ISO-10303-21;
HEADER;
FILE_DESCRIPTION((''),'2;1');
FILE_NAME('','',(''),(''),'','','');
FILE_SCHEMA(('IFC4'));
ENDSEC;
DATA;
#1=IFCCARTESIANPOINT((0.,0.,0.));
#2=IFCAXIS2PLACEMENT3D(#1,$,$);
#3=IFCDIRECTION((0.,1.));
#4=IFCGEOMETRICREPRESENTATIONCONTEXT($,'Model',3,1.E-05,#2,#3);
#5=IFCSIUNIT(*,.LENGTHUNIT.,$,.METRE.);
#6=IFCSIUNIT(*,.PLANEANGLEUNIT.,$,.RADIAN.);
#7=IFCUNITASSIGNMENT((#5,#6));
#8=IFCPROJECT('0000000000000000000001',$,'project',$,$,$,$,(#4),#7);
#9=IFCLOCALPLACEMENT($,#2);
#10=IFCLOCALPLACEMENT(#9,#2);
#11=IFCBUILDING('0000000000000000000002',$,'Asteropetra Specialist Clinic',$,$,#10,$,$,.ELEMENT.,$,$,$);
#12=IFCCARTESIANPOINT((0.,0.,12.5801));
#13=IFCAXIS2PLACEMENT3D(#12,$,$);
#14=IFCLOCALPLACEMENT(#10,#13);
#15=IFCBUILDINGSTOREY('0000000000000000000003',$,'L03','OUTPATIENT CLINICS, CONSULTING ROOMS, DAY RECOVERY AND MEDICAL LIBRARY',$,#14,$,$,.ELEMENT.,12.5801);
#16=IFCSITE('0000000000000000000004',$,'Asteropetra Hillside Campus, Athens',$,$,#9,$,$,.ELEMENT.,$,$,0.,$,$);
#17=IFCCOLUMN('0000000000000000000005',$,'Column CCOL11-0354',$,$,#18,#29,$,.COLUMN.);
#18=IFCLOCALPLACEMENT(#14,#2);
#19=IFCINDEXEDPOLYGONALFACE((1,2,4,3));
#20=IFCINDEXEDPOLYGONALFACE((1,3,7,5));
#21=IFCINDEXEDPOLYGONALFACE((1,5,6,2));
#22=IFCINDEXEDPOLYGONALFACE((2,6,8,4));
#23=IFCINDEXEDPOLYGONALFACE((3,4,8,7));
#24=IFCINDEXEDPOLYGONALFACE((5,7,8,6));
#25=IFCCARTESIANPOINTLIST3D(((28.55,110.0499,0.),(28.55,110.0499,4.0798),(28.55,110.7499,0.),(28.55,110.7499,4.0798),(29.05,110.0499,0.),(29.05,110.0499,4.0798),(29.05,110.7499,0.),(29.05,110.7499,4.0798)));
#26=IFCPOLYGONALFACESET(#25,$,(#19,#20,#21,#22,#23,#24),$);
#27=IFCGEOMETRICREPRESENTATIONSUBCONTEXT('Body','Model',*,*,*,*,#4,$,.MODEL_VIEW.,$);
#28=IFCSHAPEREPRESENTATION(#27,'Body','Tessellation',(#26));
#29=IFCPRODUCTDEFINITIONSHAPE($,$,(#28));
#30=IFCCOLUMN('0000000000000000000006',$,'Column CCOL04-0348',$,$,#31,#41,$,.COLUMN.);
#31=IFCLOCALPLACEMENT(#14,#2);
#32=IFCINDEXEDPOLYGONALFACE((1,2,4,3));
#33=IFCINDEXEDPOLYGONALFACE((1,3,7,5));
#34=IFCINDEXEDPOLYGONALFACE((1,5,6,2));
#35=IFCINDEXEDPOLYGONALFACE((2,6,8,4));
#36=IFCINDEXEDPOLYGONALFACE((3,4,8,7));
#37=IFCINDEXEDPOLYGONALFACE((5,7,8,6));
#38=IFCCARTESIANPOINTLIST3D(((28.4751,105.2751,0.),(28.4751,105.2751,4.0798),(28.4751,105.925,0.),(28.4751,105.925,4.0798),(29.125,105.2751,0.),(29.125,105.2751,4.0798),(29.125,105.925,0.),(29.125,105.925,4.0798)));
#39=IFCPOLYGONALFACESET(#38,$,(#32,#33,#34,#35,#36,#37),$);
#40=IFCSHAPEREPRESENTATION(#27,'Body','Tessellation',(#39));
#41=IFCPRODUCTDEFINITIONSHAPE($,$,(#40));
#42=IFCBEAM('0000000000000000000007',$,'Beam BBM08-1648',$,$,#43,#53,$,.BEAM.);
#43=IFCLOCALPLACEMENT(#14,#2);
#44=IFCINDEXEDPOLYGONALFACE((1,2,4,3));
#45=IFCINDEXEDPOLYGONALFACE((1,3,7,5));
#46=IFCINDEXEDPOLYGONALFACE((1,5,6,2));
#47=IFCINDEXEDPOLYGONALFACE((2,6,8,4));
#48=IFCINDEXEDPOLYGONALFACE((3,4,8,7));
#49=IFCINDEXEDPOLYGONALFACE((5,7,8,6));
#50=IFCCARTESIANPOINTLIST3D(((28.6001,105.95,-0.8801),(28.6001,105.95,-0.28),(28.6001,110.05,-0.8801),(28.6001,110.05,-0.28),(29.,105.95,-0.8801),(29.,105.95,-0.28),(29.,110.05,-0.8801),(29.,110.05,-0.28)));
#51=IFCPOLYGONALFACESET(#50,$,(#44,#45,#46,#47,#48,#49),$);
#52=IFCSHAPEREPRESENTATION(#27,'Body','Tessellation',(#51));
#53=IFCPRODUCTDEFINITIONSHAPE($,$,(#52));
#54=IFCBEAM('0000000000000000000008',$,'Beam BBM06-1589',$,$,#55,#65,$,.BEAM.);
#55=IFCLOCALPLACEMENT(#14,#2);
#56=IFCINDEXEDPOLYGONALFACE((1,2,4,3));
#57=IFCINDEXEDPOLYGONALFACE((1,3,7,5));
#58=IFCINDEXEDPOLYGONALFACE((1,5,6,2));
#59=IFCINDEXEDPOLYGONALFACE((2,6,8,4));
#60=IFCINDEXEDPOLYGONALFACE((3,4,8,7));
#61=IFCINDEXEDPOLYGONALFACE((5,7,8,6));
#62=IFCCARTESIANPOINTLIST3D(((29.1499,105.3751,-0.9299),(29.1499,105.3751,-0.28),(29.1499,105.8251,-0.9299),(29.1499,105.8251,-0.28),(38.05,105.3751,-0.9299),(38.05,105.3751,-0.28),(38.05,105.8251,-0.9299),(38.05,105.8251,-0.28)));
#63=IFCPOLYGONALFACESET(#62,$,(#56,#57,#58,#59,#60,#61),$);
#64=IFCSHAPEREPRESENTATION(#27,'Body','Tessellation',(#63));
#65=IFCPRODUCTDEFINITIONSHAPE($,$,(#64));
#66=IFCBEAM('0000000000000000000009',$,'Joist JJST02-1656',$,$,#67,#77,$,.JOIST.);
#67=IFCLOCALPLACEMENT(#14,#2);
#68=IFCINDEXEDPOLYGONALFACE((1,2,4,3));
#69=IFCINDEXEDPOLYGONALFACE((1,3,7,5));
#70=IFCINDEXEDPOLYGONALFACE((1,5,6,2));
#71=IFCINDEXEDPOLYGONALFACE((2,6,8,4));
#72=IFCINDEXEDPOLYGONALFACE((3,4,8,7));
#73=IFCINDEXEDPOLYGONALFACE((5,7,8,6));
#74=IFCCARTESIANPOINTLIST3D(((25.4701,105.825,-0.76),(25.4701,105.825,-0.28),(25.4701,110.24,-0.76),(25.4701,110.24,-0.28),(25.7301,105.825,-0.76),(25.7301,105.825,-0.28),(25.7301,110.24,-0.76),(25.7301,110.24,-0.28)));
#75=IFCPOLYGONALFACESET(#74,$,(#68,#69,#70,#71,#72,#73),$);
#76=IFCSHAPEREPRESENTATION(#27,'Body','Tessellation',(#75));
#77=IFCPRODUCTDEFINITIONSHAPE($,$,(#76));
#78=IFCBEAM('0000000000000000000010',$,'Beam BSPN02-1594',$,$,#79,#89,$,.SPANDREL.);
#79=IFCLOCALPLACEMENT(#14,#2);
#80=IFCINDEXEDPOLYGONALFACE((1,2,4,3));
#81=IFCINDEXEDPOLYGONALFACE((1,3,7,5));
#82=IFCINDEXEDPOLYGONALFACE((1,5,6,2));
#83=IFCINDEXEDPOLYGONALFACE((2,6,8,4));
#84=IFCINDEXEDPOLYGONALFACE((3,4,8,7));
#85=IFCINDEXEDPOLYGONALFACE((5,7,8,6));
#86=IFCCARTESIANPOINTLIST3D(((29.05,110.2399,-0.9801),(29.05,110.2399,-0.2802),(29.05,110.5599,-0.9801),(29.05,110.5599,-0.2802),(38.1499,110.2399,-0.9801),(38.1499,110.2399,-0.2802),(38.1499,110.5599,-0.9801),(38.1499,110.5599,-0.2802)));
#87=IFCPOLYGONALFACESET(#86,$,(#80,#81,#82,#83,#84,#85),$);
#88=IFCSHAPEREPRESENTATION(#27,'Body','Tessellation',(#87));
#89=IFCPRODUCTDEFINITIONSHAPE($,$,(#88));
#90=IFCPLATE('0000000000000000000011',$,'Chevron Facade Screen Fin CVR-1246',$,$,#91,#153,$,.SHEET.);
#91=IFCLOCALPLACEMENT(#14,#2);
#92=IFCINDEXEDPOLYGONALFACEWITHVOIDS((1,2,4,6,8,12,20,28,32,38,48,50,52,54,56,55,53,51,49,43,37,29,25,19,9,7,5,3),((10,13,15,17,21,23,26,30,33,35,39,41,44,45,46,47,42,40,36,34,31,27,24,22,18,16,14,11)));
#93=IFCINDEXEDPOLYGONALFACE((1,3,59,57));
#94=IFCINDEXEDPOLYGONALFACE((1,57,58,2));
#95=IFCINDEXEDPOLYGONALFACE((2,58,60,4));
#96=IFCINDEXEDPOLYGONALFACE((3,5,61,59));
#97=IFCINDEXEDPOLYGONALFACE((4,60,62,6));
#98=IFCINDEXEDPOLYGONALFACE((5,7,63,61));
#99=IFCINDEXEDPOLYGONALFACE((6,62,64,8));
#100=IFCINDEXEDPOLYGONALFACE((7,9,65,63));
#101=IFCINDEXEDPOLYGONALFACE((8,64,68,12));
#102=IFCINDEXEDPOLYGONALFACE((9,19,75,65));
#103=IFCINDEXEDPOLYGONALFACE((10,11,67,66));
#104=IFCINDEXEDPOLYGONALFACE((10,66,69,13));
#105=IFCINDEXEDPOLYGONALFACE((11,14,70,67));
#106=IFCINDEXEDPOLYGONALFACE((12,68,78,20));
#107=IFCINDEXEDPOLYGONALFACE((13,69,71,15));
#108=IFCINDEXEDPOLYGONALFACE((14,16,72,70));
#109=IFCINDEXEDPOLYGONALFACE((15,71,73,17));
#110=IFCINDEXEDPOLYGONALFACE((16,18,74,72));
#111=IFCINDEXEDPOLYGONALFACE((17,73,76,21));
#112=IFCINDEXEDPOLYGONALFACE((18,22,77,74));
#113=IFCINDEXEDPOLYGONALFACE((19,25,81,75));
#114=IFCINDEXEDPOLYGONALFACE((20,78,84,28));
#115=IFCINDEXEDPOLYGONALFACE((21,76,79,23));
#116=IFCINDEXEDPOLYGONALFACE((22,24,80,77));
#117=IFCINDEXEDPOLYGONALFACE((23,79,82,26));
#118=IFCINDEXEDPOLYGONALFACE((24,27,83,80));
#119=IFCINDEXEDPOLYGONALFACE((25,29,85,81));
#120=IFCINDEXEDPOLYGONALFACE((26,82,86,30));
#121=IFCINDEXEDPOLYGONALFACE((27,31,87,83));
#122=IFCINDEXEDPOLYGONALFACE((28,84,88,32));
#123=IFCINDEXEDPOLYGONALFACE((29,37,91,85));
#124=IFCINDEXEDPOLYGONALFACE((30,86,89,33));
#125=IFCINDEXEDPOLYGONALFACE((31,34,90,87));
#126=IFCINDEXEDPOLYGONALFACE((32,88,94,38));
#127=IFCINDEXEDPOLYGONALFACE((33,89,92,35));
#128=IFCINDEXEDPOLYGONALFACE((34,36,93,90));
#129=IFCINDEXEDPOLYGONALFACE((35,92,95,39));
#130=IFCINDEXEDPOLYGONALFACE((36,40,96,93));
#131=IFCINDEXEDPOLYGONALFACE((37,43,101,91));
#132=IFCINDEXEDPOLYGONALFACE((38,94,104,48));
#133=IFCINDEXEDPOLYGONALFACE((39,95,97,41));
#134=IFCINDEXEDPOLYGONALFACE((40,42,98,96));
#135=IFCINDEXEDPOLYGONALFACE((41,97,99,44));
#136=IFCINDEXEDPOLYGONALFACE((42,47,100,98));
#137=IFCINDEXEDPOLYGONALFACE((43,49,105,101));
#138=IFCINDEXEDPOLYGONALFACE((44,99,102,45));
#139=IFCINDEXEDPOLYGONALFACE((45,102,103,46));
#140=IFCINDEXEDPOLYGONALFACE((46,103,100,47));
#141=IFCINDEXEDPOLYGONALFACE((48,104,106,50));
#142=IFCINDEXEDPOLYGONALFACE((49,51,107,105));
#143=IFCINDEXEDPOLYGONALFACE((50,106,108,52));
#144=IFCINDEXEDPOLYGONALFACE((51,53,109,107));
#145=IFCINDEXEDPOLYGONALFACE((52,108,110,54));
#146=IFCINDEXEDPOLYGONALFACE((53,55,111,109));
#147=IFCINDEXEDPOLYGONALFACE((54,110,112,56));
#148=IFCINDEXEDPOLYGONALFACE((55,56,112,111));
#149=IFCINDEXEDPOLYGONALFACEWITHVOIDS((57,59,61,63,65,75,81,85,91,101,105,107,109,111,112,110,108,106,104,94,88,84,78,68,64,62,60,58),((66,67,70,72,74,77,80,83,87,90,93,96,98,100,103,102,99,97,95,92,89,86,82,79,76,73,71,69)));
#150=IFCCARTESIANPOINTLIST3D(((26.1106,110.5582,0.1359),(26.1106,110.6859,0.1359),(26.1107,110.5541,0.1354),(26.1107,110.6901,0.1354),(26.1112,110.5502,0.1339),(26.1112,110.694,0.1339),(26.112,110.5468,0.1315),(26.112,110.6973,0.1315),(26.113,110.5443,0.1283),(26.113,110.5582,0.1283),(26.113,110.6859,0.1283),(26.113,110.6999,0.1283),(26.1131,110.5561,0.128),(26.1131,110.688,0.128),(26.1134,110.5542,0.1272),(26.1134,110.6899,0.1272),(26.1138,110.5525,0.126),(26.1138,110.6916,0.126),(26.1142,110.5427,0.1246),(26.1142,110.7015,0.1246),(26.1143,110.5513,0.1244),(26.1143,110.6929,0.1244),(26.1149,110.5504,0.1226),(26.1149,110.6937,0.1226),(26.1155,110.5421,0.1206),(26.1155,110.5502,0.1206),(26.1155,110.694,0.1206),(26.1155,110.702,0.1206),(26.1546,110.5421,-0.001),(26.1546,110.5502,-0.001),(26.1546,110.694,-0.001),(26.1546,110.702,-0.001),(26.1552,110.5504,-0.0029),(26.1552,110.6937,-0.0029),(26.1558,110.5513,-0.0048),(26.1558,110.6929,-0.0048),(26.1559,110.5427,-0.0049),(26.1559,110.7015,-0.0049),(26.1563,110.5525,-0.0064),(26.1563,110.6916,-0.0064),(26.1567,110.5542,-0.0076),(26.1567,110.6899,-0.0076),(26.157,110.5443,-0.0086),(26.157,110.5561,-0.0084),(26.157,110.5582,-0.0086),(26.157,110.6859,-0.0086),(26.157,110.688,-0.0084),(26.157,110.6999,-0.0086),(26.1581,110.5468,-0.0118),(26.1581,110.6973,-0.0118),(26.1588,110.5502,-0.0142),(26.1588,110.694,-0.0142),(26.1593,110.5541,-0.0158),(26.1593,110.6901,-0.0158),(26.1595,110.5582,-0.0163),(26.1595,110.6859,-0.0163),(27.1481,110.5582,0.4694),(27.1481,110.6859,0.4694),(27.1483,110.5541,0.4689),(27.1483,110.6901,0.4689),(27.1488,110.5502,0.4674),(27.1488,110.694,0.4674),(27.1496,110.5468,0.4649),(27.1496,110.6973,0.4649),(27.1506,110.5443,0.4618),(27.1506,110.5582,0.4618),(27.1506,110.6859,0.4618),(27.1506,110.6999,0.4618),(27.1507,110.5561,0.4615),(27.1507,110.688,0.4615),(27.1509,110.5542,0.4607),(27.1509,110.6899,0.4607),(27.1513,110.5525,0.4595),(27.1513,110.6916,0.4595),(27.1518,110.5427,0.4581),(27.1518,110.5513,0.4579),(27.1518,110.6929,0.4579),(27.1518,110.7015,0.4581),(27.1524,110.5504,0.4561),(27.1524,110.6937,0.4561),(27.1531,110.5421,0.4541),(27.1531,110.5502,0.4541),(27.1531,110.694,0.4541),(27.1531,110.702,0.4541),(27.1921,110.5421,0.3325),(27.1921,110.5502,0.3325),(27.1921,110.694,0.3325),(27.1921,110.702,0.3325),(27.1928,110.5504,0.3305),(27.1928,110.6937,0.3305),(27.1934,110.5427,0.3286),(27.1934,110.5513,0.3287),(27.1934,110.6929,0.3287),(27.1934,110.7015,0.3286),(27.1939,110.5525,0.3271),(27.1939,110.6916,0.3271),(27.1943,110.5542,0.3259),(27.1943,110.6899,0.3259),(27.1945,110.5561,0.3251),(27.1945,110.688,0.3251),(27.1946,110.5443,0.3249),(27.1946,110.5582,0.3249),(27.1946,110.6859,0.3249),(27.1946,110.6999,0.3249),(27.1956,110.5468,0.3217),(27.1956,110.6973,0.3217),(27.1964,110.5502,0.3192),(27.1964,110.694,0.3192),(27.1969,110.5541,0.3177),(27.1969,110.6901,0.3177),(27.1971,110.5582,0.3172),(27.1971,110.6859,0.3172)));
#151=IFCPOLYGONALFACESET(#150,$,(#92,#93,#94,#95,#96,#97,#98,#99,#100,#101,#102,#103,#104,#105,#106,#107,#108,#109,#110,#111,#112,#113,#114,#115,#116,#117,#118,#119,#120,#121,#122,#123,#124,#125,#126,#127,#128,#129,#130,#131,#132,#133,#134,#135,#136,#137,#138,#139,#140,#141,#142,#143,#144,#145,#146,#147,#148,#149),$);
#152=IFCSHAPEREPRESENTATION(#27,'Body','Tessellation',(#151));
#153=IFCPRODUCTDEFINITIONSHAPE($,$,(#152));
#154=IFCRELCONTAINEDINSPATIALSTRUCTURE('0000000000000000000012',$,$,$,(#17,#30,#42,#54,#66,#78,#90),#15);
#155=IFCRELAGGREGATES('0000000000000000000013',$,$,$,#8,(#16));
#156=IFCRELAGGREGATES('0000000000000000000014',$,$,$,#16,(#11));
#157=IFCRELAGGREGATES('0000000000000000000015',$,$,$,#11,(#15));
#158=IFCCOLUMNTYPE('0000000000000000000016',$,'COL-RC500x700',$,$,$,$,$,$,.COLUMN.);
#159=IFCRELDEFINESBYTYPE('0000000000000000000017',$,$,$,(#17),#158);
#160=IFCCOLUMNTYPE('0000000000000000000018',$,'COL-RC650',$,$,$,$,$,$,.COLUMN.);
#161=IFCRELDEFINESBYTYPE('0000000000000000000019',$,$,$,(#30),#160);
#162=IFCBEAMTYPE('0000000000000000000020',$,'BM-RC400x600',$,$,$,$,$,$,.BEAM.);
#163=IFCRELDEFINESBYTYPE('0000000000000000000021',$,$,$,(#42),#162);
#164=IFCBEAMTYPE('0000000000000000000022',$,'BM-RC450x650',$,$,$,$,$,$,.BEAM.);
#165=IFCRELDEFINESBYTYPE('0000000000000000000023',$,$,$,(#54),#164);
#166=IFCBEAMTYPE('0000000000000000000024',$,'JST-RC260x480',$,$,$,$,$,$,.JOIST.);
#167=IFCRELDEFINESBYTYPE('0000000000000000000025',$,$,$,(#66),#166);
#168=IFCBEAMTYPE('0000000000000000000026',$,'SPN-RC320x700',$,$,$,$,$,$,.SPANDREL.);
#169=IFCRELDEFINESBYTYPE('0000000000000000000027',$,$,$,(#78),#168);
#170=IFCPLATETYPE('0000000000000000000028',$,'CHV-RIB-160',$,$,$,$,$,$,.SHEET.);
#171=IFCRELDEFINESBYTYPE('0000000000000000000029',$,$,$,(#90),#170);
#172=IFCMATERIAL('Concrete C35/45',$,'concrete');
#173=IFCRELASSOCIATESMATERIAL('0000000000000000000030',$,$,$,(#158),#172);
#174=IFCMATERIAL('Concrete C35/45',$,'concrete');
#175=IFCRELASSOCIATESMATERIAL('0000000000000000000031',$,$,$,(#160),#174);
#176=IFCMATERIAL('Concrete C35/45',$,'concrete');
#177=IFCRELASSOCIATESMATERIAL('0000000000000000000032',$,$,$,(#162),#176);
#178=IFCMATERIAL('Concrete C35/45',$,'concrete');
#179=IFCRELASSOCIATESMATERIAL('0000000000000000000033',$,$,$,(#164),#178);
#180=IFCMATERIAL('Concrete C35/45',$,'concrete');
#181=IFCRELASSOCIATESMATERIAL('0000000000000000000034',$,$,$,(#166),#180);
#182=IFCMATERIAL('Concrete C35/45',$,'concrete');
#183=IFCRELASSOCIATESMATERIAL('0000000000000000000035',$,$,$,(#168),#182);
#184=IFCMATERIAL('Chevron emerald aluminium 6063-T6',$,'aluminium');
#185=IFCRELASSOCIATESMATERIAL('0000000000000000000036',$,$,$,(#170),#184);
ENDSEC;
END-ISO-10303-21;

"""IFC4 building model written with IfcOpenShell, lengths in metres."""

from ifc_helpers import new_model, si_unit, direction, frame, origin, origin_2d, place, context, subcontext, project, spatial, rectangle, hollow_rectangle, extrude, material, material_profile, profile_set, type_object, element, save


model = new_model("IFC4")

# Units and contexts
model_context = context("Model", 3, precision=1e-05, world=origin(), true_north=direction((0.0, 1.0)))
body_context = subcontext(model_context, "Body", "Model", "MODEL_VIEW")
ifc_project = project(units=[si_unit("LENGTHUNIT", "METRE"), si_unit("PLANEANGLEUNIT", "RADIAN")], contexts=[model_context])

# Site, building, storey
site_placement = place(None, origin())
site = spatial("IfcSite", under=ifc_project, at=site_placement, Name="Asteropetra Hillside Campus, Athens", CompositionType="ELEMENT", RefElevation=0.0)
building_placement = place(site_placement, origin())
building = spatial("IfcBuilding", under=site, at=building_placement, Name="Asteropetra Specialist Clinic", CompositionType="ELEMENT")
storey_placement = place(building_placement, frame((0.0, 0.0, 12.5801)))
storey = spatial("IfcBuildingStorey", under=building, at=storey_placement, Name="L03", Description="OUTPATIENT CLINICS, CONSULTING ROOMS, DAY RECOVERY AND MEDICAL LIBRARY", CompositionType="ELEMENT", Elevation=12.5801)

# Columns
ifc_material_1 = material(Name="Concrete C35/45", Category="concrete")
ifc_material_profile_1 = material_profile(ifc_material_1, rectangle(XDim=0.5, YDim=0.7, at=origin_2d()), Name="RC 500x700")
ifc_profile_set_1 = profile_set([ifc_material_profile_1], Name="Concrete C35/45")
column_type_1 = type_object("IfcColumnType", Name="COL-RC500x700", PredefinedType="COLUMN", material=ifc_profile_set_1)
column_1_placement = place(storey_placement, frame((28.8, 110.3999, 0.0), z_axis=(0.0, 0.0, 1.0), x_axis=(1.0, 0.0, 0.0)))
element("IfcColumn", 1, at=column_1_placement, inside=storey, type_object=column_type_1, Name="Column CCOL11-0354", PredefinedType="COLUMN", context=body_context, shape_type="SweptSolid", body=[
    extrude(rectangle(XDim=0.5, YDim=0.7, at=origin_2d()), origin(), (0.0, 0.0, 1.0), 4.0798),
])
ifc_material_2 = material(Name="Concrete C35/45", Category="concrete")
ifc_material_profile_2 = material_profile(ifc_material_2, rectangle(XDim=0.6499, YDim=0.6499, at=origin_2d()), Name="RC 650x650")
ifc_profile_set_2 = profile_set([ifc_material_profile_2], Name="Concrete C35/45")
column_type_2 = type_object("IfcColumnType", Name="COL-RC650", PredefinedType="COLUMN", material=ifc_profile_set_2)
column_2_placement = place(storey_placement, frame((28.8, 105.6001, 0.0), z_axis=(0.0, 0.0, 1.0), x_axis=(1.0, 0.0, 0.0)))
element("IfcColumn", 2, at=column_2_placement, inside=storey, type_object=column_type_2, Name="Column CCOL04-0348", PredefinedType="COLUMN", context=body_context, shape_type="SweptSolid", body=[
    extrude(rectangle(XDim=0.6499, YDim=0.6499, at=origin_2d()), origin(), (0.0, 0.0, 1.0), 4.0798),
])

# Beams
ifc_material_3 = material(Name="Concrete C35/45", Category="concrete")
ifc_material_profile_3 = material_profile(ifc_material_3, rectangle(XDim=0.3999, YDim=0.6001, at=origin_2d()), Name="RCB 400x600")
ifc_profile_set_3 = profile_set([ifc_material_profile_3], Name="Concrete C35/45")
beam_type_1 = type_object("IfcBeamType", Name="BM-RC400x600", PredefinedType="BEAM", material=ifc_profile_set_3)
beam_1_placement = place(storey_placement, frame((28.8, 105.95, -0.5801), z_axis=(0.0, 1.0, 0.0), x_axis=(-1.0, 0.0, 0.0)))
element("IfcBeam", 3, at=beam_1_placement, inside=storey, type_object=beam_type_1, Name="Beam BBM08-1648", PredefinedType="BEAM", context=body_context, shape_type="SweptSolid", body=[
    extrude(rectangle(XDim=0.3999, YDim=0.6001, at=origin_2d()), origin(), (0.0, 0.0, 1.0), 4.1001),
])
ifc_material_4 = material(Name="Concrete C35/45", Category="concrete")
ifc_material_profile_4 = material_profile(ifc_material_4, rectangle(XDim=0.45, YDim=0.6499, at=origin_2d()), Name="RCB 450x650")
ifc_profile_set_4 = profile_set([ifc_material_profile_4], Name="Concrete C35/45")
beam_type_2 = type_object("IfcBeamType", Name="BM-RC450x650", PredefinedType="BEAM", material=ifc_profile_set_4)
beam_2_placement = place(storey_placement, frame((29.1499, 105.6001, -0.605), z_axis=(1.0, 0.0, 0.0), x_axis=(0.0, 1.0, 0.0)))
element("IfcBeam", 4, at=beam_2_placement, inside=storey, type_object=beam_type_2, Name="Beam BBM06-1589", PredefinedType="BEAM", context=body_context, shape_type="SweptSolid", body=[
    extrude(rectangle(XDim=0.45, YDim=0.6499, at=origin_2d()), origin(), (0.0, 0.0, 1.0), 8.9001),
])
ifc_material_5 = material(Name="Concrete C35/45", Category="concrete")
ifc_material_profile_5 = material_profile(ifc_material_5, rectangle(XDim=0.26, YDim=0.48, at=origin_2d()), Name="RCJ 260x480")
ifc_profile_set_5 = profile_set([ifc_material_profile_5], Name="Concrete C35/45")
beam_type_3 = type_object("IfcBeamType", Name="JST-RC260x480", PredefinedType="JOIST", material=ifc_profile_set_5)
beam_3_placement = place(storey_placement, frame((25.6001, 105.825, -0.52), z_axis=(0.0, 1.0, 0.0), x_axis=(-1.0, 0.0, 0.0)))
element("IfcBeam", 5, at=beam_3_placement, inside=storey, type_object=beam_type_3, Name="Joist JJST02-1656", PredefinedType="JOIST", context=body_context, shape_type="SweptSolid", body=[
    extrude(rectangle(XDim=0.26, YDim=0.48, at=origin_2d()), origin(), (0.0, 0.0, 1.0), 4.415),
])
ifc_material_6 = material(Name="Concrete C35/45", Category="concrete")
ifc_material_profile_6 = material_profile(ifc_material_6, rectangle(XDim=0.3201, YDim=0.7, at=origin_2d()), Name="RCS 320x700")
ifc_profile_set_6 = profile_set([ifc_material_profile_6], Name="Concrete C35/45")
beam_type_4 = type_object("IfcBeamType", Name="SPN-RC320x700", PredefinedType="SPANDREL", material=ifc_profile_set_6)
beam_4_placement = place(storey_placement, frame((29.05, 110.3999, -0.6301), z_axis=(1.0, 0.0, 0.0), x_axis=(0.0, 1.0, 0.0)))
element("IfcBeam", 6, at=beam_4_placement, inside=storey, type_object=beam_type_4, Name="Beam BSPN02-1594", PredefinedType="SPANDREL", context=body_context, shape_type="SweptSolid", body=[
    extrude(rectangle(XDim=0.3201, YDim=0.7, at=origin_2d()), origin(), (0.0, 0.0, 1.0), 9.0999),
])

# Plate
ifc_material_7 = material(Name="Chevron emerald aluminium 6063-T6", Category="aluminium")
ifc_material_profile_7 = material_profile(ifc_material_7, hollow_rectangle(XDim=0.1599, YDim=0.1599, WallThickness=0.0081, InnerFilletRadius=0.0081, OuterFilletRadius=0.0161, at=origin_2d()), Name="SHS 160x160x8.0")
ifc_profile_set_7 = profile_set([ifc_material_profile_7], Name="Chevron emerald aluminium 6063-T6")
plate_type = type_object("IfcPlateType", Name="CHV-RIB-160", PredefinedType="SHEET", material=ifc_profile_set_7)
for number, where, z_axis, x_axis, name in (
    (7, (27.1726, 110.6221, 0.3933), (-0.952033, 0.0, -0.305995), (0.0, -1.0, 0.0), "Chevron Facade Screen Fin CVR-1246"),
):
    element("IfcPlate", number, at=place(storey_placement, frame(where, z_axis=z_axis, x_axis=x_axis)), inside=storey, type_object=plate_type, Name=name, PredefinedType="SHEET", context=body_context, shape_type="SweptSolid", body=[
        extrude(hollow_rectangle(XDim=0.1599, YDim=0.1599, WallThickness=0.0081, InnerFilletRadius=0.0081, OuterFilletRadius=0.0161, at=origin_2d()), origin(), (0.0, 0.0, 1.0), 1.0898),
    ])

save(model, "model.ifc")
